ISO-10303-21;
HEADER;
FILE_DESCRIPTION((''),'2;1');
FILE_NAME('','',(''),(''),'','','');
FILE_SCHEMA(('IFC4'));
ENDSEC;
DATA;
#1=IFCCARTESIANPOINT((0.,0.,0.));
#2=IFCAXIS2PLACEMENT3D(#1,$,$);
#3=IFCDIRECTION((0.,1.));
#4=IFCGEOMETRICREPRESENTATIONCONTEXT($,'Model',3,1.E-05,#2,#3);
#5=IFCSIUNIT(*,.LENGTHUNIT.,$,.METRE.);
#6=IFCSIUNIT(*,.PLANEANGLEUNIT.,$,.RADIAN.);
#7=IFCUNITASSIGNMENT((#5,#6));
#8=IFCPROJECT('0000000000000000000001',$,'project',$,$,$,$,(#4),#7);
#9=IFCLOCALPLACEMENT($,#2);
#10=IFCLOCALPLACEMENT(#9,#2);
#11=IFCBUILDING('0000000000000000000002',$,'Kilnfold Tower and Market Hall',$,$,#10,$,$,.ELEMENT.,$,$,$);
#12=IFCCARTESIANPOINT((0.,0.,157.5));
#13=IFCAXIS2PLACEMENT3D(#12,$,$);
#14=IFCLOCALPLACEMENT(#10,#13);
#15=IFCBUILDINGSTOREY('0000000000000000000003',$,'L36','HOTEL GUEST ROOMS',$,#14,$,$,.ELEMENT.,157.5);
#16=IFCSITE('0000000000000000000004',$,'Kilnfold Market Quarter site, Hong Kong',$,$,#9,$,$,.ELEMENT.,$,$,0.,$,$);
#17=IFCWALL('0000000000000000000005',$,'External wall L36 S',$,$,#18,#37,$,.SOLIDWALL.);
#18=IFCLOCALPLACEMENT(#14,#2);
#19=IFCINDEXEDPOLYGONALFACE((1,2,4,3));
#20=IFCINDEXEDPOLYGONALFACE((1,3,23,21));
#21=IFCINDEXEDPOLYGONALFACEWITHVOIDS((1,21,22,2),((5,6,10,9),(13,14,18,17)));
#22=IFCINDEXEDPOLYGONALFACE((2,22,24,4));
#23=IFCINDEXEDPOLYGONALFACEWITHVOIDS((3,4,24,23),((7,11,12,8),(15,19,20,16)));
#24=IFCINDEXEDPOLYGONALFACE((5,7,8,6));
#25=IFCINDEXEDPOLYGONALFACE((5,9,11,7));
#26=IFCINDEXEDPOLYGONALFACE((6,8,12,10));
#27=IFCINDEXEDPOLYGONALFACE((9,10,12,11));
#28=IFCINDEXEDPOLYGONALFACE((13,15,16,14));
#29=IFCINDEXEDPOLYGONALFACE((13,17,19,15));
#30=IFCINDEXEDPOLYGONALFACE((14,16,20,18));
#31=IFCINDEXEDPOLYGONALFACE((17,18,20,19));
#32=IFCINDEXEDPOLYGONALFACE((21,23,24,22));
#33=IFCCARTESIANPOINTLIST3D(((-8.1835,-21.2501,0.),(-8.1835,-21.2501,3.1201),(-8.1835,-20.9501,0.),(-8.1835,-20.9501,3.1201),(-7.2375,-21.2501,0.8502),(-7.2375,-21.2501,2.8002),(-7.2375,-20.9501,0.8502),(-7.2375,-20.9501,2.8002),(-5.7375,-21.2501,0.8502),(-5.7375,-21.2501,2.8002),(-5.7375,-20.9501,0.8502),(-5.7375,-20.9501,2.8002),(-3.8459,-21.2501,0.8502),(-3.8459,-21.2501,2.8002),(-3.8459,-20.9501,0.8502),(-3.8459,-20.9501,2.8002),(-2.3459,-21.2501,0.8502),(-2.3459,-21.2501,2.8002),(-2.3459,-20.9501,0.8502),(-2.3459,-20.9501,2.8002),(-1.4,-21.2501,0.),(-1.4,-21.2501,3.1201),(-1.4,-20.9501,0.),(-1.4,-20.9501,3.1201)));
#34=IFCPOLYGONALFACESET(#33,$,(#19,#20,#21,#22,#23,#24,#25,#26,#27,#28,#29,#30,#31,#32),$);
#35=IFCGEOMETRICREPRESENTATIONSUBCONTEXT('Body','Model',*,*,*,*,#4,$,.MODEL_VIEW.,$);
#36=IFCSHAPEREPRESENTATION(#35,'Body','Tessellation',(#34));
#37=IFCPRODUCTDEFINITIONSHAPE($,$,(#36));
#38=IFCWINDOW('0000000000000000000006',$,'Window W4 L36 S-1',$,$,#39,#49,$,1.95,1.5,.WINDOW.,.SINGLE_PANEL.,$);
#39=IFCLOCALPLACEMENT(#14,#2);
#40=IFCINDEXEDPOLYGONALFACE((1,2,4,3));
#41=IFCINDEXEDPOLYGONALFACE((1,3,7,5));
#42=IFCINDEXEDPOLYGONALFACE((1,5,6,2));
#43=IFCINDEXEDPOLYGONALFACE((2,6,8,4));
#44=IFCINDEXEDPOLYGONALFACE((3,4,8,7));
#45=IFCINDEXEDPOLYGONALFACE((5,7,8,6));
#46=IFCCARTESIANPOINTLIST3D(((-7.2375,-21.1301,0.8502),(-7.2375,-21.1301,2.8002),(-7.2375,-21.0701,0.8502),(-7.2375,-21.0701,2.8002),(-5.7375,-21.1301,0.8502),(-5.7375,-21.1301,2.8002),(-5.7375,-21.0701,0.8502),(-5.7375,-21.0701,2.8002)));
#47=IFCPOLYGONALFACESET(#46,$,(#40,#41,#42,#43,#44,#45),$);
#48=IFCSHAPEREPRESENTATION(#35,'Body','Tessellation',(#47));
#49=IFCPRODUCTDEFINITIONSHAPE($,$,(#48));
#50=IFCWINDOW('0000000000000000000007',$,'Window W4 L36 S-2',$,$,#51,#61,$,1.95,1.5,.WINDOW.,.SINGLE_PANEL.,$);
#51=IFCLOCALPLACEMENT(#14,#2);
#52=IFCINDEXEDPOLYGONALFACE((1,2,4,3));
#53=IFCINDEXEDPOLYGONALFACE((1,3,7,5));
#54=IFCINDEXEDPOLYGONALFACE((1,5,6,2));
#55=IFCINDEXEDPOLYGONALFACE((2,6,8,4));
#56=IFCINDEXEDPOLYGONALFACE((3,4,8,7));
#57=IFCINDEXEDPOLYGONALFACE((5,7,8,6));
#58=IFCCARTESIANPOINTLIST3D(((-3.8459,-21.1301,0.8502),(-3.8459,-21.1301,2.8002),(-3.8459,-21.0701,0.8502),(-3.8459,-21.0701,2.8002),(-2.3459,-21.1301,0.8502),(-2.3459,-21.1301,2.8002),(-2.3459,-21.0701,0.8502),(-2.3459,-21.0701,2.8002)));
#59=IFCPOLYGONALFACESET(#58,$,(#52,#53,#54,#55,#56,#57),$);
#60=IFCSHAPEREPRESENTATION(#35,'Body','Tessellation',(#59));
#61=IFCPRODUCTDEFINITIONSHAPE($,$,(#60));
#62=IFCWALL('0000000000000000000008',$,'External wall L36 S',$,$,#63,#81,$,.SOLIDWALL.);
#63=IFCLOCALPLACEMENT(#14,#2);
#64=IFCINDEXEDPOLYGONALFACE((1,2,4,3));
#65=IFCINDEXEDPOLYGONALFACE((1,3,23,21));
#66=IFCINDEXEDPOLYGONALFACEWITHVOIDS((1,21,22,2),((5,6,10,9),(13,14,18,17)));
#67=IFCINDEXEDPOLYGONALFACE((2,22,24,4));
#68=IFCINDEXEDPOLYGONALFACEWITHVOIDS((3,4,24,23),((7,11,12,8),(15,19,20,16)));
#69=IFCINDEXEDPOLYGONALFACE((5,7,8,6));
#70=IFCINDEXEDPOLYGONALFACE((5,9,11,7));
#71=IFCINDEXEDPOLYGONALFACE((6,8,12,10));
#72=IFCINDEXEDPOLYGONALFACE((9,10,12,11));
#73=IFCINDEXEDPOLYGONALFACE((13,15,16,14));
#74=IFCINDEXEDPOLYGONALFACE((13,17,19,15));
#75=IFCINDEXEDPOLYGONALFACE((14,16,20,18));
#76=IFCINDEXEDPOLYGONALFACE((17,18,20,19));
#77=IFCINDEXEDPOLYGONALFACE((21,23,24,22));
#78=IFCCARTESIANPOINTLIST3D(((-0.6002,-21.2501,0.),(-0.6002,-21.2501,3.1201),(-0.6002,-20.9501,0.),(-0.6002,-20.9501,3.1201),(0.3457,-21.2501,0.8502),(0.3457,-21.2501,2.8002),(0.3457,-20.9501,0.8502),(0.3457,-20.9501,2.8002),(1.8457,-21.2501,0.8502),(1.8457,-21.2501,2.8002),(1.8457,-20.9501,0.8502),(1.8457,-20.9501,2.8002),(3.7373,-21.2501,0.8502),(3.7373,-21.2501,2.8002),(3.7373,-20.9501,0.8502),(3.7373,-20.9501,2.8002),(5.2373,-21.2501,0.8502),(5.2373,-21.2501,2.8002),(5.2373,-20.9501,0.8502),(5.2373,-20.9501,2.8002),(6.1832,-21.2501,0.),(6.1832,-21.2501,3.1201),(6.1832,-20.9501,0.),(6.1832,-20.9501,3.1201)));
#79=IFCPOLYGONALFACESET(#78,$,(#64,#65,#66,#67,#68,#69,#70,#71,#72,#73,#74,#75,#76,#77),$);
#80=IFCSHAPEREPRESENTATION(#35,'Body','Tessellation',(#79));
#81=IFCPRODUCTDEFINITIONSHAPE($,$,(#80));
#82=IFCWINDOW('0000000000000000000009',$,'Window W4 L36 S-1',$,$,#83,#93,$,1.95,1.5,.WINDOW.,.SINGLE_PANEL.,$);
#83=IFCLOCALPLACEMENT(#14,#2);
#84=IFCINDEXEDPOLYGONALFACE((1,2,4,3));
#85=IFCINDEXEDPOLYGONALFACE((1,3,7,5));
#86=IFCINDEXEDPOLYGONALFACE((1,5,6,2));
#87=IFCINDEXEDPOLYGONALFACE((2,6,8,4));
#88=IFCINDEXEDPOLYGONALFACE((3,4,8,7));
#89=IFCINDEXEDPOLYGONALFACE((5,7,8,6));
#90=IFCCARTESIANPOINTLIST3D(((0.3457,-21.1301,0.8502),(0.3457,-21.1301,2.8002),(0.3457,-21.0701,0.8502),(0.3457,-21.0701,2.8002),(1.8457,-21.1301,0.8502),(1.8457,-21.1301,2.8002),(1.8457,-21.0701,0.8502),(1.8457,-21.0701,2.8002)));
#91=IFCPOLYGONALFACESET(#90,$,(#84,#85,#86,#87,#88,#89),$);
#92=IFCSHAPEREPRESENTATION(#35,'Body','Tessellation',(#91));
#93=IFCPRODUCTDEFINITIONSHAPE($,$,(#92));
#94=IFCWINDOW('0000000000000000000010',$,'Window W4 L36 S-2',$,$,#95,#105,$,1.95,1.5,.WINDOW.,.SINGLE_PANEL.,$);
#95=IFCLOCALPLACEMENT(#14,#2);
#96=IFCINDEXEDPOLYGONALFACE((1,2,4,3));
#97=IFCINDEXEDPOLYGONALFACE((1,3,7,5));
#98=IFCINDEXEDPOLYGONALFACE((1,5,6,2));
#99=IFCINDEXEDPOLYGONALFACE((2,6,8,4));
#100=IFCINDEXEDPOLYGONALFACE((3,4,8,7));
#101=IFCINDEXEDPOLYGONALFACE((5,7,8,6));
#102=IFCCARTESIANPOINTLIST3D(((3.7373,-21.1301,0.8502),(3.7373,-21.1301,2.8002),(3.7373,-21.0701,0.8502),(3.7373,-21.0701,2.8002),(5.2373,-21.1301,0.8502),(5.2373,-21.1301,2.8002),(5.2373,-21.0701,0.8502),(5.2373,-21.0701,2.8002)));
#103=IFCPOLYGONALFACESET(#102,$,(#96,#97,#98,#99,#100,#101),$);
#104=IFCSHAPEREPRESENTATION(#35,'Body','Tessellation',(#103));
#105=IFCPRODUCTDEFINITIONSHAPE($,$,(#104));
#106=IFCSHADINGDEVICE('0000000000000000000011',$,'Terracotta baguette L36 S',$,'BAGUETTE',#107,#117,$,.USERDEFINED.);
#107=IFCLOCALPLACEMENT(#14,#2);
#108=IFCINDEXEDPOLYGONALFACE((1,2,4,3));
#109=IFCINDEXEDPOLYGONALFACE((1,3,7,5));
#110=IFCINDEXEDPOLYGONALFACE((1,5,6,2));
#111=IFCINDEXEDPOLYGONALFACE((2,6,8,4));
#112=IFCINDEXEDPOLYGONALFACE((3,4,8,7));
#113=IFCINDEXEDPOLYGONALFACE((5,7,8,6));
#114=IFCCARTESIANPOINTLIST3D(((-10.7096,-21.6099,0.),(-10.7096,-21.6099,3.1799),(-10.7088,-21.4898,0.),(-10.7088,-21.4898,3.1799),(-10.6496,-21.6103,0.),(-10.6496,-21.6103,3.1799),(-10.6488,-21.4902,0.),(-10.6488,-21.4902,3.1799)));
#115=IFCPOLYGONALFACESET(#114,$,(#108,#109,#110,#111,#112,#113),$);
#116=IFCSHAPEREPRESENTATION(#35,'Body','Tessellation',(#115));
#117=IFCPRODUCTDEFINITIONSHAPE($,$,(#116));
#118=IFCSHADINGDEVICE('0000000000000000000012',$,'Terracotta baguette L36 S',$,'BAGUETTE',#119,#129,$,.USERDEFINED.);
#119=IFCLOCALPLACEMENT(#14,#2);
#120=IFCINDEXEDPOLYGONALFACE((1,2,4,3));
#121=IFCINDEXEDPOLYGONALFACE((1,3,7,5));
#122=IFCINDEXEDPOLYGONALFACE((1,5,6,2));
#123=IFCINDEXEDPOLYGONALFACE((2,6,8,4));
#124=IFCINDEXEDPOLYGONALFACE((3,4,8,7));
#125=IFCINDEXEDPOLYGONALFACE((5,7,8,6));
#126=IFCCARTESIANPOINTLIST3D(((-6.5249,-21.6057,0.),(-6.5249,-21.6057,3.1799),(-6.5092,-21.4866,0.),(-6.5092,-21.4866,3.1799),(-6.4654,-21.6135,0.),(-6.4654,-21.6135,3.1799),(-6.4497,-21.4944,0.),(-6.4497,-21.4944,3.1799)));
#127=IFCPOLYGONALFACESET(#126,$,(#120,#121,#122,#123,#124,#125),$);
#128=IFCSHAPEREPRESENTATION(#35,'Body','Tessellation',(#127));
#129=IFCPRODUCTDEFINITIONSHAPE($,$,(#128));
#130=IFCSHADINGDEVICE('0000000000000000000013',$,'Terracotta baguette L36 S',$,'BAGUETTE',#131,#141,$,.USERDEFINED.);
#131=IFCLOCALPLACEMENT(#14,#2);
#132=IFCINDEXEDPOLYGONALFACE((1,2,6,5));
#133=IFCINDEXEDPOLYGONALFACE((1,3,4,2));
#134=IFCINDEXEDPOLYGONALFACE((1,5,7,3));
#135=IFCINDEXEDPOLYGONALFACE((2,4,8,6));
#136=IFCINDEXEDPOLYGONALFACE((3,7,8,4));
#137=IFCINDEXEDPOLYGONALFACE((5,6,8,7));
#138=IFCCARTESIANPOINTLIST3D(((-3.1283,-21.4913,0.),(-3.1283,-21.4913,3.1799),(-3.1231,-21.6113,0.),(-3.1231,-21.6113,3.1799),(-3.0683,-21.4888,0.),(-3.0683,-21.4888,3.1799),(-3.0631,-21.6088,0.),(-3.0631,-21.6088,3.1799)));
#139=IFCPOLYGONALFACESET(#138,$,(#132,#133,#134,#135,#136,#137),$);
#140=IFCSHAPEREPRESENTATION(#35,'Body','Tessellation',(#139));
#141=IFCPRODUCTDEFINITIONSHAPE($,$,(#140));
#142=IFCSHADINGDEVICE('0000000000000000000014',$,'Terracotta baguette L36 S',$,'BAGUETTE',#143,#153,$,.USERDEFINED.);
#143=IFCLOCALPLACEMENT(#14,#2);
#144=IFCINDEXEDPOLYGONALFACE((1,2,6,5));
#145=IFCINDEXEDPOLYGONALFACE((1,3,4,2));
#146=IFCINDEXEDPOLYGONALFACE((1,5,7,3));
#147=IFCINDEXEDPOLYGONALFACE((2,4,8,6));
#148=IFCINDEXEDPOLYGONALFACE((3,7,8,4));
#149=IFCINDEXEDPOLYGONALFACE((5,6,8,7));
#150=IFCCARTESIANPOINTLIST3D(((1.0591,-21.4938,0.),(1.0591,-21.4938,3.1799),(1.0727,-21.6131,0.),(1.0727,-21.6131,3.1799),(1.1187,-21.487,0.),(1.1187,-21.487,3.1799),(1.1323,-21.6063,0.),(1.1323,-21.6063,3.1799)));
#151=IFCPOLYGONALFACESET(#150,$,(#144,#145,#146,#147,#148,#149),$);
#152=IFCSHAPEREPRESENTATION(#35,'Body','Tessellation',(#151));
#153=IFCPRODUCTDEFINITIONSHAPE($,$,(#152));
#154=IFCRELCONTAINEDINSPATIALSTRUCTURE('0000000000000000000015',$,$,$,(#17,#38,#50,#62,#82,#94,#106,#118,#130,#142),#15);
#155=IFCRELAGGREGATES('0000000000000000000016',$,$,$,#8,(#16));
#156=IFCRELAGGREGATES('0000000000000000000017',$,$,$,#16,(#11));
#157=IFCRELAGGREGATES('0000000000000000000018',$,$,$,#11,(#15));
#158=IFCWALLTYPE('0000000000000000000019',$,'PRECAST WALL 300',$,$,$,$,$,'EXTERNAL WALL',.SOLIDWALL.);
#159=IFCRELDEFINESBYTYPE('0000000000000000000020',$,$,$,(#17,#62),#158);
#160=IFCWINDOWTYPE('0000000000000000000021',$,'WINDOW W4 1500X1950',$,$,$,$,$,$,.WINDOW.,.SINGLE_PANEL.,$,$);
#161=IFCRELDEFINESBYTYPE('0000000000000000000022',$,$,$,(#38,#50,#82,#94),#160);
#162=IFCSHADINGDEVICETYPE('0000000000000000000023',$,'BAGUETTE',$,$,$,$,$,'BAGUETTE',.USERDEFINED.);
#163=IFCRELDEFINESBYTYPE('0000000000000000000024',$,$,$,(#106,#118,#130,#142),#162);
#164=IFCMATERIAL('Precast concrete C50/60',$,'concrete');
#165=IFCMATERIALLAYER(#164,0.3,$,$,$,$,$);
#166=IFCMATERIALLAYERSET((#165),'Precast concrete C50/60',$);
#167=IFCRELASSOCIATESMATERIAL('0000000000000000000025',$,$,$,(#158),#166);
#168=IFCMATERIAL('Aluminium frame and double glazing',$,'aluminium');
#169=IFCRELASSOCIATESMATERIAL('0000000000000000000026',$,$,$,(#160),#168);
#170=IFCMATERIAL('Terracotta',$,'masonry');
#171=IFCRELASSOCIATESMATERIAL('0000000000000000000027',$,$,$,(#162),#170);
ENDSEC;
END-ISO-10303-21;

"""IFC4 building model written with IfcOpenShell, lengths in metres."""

from ifc_helpers import new_model, si_unit, direction, frame, frame_2d, origin, origin_2d, place, context, subcontext, project, spatial, rectangle, extrude, source, transform, mapped, material, layer, layer_set, material_profile, profile_set, type_object, element, fill, save


model = new_model("IFC4")

# Units and contexts
model_context = context("Model", 3, precision=1e-05, world=origin(), true_north=direction((0.0, 1.0)))
body_context = subcontext(model_context, "Body", "Model", "MODEL_VIEW")
ifc_project = project(units=[si_unit("LENGTHUNIT", "METRE"), si_unit("PLANEANGLEUNIT", "RADIAN")], contexts=[model_context])

# Site, building, storey
site_placement = place(None, origin())
site = spatial("IfcSite", under=ifc_project, at=site_placement, Name="Kilnfold Market Quarter site, Hong Kong", CompositionType="ELEMENT", RefElevation=0.0)
building_placement = place(site_placement, origin())
building = spatial("IfcBuilding", under=site, at=building_placement, Name="Kilnfold Tower and Market Hall", CompositionType="ELEMENT")
storey_placement = place(building_placement, frame((0.0, 0.0, 157.5)))
storey = spatial("IfcBuildingStorey", under=building, at=storey_placement, Name="L36", Description="HOTEL GUEST ROOMS", CompositionType="ELEMENT", Elevation=157.5)

# Walls, openings, windows
ifc_material_1 = material(Name="Precast concrete C50/60", Category="concrete")
ifc_layer_1 = layer(ifc_material_1, 0.3)
ifc_layer_set_1 = layer_set([ifc_layer_1], Name="Precast concrete C50/60")
wall_type_1 = type_object("IfcWallType", Name="PRECAST WALL 300", ElementType="EXTERNAL WALL", PredefinedType="SOLIDWALL", material=ifc_layer_set_1)
shared_shape_1 = source(origin(), body_context, "Body", "SweptSolid", [
    extrude(rectangle(XDim=6.7834, YDim=0.3, at=frame_2d((3.3916, 0.0))), origin(), (0.0, 0.0, 1.0), 3.1201),
])
wall_1_placement = place(storey_placement, frame((-8.1833, -21.1001, 0.0), z_axis=(0.0, 0.0, 1.0), x_axis=(1.0, 0.0, 0.0)))
wall_1 = element("IfcWall", 1, at=wall_1_placement, inside=storey, type_object=wall_type_1, Name="External wall L36 S", PredefinedType="SOLIDWALL", context=body_context, shape_type="MappedRepresentation", body=[
    mapped(shared_shape_1, transform((0.0, 0.0, 0.0))),
])
opening_1_placement = place(wall_1_placement, frame((0.9458, 0.0, 0.8501)))
opening_1 = element("IfcOpeningElement", 2, at=opening_1_placement, cuts=wall_1, PredefinedType="OPENING", context=body_context, shape_type="SweptSolid", body=[
    extrude(rectangle(XDim=1.5, YDim=1.95, at=frame_2d((0.75, 0.9751))), frame((0.0, 0.1602, 0.0), z_axis=(0.0, -1.0, 0.0), x_axis=(1.0, 0.0, 0.0)), (0.0, 0.0, 1.0), 0.3201),
])
opening_2_placement = place(wall_1_placement, frame((4.3374, 0.0, 0.8501)))
opening_2 = element("IfcOpeningElement", 3, at=opening_2_placement, cuts=wall_1, PredefinedType="OPENING", context=body_context, shape_type="SweptSolid", body=[
    extrude(rectangle(XDim=1.5, YDim=1.95, at=frame_2d((0.75, 0.9751))), frame((0.0, 0.1602, 0.0), z_axis=(0.0, -1.0, 0.0), x_axis=(1.0, 0.0, 0.0)), (0.0, 0.0, 1.0), 0.3201),
])
ifc_material_2 = material(Name="Aluminium frame and double glazing", Category="aluminium")
window_type = type_object("IfcWindowType", Name="WINDOW W4 1500X1950", PartitioningType="SINGLE_PANEL", PredefinedType="WINDOW", material=ifc_material_2)
window_1_placement = place(opening_1_placement, origin())
window_1 = element("IfcWindow", 4, at=window_1_placement, inside=storey, type_object=window_type, Name="Window W4 L36 S-1", OverallHeight=1.95, OverallWidth=1.5, PartitioningType="SINGLE_PANEL", PredefinedType="WINDOW", context=body_context, shape_type="SweptSolid", body=[
    extrude(rectangle(XDim=1.5, YDim=1.95, at=frame_2d((0.75, 0.9751))), frame((0.0, 0.03, 0.0), z_axis=(0.0, -1.0, 0.0), x_axis=(1.0, 0.0, 0.0)), (0.0, 0.0, 1.0), 0.0601),
])
fill(opening_1, window_1)
window_2_placement = place(opening_2_placement, origin())
window_2 = element("IfcWindow", 5, at=window_2_placement, inside=storey, type_object=window_type, Name="Window W4 L36 S-2", OverallHeight=1.95, OverallWidth=1.5, PartitioningType="SINGLE_PANEL", PredefinedType="WINDOW", context=body_context, shape_type="SweptSolid", body=[
    extrude(rectangle(XDim=1.5, YDim=1.95, at=frame_2d((0.75, 0.9751))), frame((0.0, 0.03, 0.0), z_axis=(0.0, -1.0, 0.0), x_axis=(1.0, 0.0, 0.0)), (0.0, 0.0, 1.0), 0.0601),
])
fill(opening_2, window_2)
wall_2_placement = place(storey_placement, frame((-0.6001, -21.1001, 0.0), z_axis=(0.0, 0.0, 1.0), x_axis=(1.0, 0.0, 0.0)))
wall_2 = element("IfcWall", 6, at=wall_2_placement, inside=storey, type_object=wall_type_1, Name="External wall L36 S", PredefinedType="SOLIDWALL", context=body_context, shape_type="MappedRepresentation", body=[
    mapped(shared_shape_1, transform((0.0, 0.0, 0.0))),
])
opening_3_placement = place(wall_2_placement, frame((0.9458, 0.0, 0.8501)))
opening_3 = element("IfcOpeningElement", 7, at=opening_3_placement, cuts=wall_2, PredefinedType="OPENING", context=body_context, shape_type="SweptSolid", body=[
    extrude(rectangle(XDim=1.5, YDim=1.95, at=frame_2d((0.75, 0.9751))), frame((0.0, 0.1602, 0.0), z_axis=(0.0, -1.0, 0.0), x_axis=(1.0, 0.0, 0.0)), (0.0, 0.0, 1.0), 0.3201),
])
opening_4_placement = place(wall_2_placement, frame((4.3374, 0.0, 0.8501)))
opening_4 = element("IfcOpeningElement", 8, at=opening_4_placement, cuts=wall_2, PredefinedType="OPENING", context=body_context, shape_type="SweptSolid", body=[
    extrude(rectangle(XDim=1.5, YDim=1.95, at=frame_2d((0.75, 0.9751))), frame((0.0, 0.1602, 0.0), z_axis=(0.0, -1.0, 0.0), x_axis=(1.0, 0.0, 0.0)), (0.0, 0.0, 1.0), 0.3201),
])
window_3_placement = place(opening_3_placement, origin())
window_3 = element("IfcWindow", 9, at=window_3_placement, inside=storey, type_object=window_type, Name="Window W4 L36 S-1", OverallHeight=1.95, OverallWidth=1.5, PartitioningType="SINGLE_PANEL", PredefinedType="WINDOW", context=body_context, shape_type="SweptSolid", body=[
    extrude(rectangle(XDim=1.5, YDim=1.95, at=frame_2d((0.75, 0.9751))), frame((0.0, 0.03, 0.0), z_axis=(0.0, -1.0, 0.0), x_axis=(1.0, 0.0, 0.0)), (0.0, 0.0, 1.0), 0.0601),
])
fill(opening_3, window_3)
window_4_placement = place(opening_4_placement, origin())
window_4 = element("IfcWindow", 10, at=window_4_placement, inside=storey, type_object=window_type, Name="Window W4 L36 S-2", OverallHeight=1.95, OverallWidth=1.5, PartitioningType="SINGLE_PANEL", PredefinedType="WINDOW", context=body_context, shape_type="SweptSolid", body=[
    extrude(rectangle(XDim=1.5, YDim=1.95, at=frame_2d((0.75, 0.9751))), frame((0.0, 0.03, 0.0), z_axis=(0.0, -1.0, 0.0), x_axis=(1.0, 0.0, 0.0)), (0.0, 0.0, 1.0), 0.0601),
])
fill(opening_4, window_4)

# Shading devices
ifc_material_3 = material(Name="Terracotta", Category="masonry")
ifc_material_profile_1 = material_profile(ifc_material_3, rectangle(XDim=0.0601, YDim=0.1201, at=origin_2d()), Name="BAG 60x120")
ifc_profile_set_1 = profile_set([ifc_material_profile_1], Name="Terracotta")
shading_device_type = type_object("IfcShadingDeviceType", Name="BAGUETTE", ElementType="BAGUETTE", PredefinedType="USERDEFINED", material=ifc_profile_set_1)
shared_shape_2 = source(origin(), body_context, "Body", "SweptSolid", [
    extrude(rectangle(XDim=0.0601, YDim=0.1201, at=origin_2d()), origin(), (0.0, 0.0, 1.0), 3.1799),
])
for number, where, z_axis, x_axis, name in (
    (11, (-10.6792, -21.55, 0.0), (0.0, 0.0, 1.0), (0.999978, -0.006693, 0.0), "Terracotta baguette L36 S"),
    (12, (-6.4873, -21.55, 0.0), (0.0, 0.0, 1.0), (0.991464, -0.130383, 0.0), "Terracotta baguette L36 S"),
    (13, (-3.0957, -21.55, 0.0), (0.0, 0.0, 1.0), (0.999094, 0.042549, 0.0), "Terracotta baguette L36 S"),
    (14, (1.0957, -21.55, 0.0), (0.0, 0.0, 1.0), (0.993551, 0.113382, 0.0), "Terracotta baguette L36 S"),
):
    element("IfcShadingDevice", number, at=place(storey_placement, frame(where, z_axis=z_axis, x_axis=x_axis)), inside=storey, type_object=shading_device_type, Name=name, ObjectType="BAGUETTE", PredefinedType="USERDEFINED", context=body_context, shape_type="MappedRepresentation", body=[
        mapped(shared_shape_2, transform((0.0, 0.0, 0.0))),
    ])

save(model, "model.ifc")
